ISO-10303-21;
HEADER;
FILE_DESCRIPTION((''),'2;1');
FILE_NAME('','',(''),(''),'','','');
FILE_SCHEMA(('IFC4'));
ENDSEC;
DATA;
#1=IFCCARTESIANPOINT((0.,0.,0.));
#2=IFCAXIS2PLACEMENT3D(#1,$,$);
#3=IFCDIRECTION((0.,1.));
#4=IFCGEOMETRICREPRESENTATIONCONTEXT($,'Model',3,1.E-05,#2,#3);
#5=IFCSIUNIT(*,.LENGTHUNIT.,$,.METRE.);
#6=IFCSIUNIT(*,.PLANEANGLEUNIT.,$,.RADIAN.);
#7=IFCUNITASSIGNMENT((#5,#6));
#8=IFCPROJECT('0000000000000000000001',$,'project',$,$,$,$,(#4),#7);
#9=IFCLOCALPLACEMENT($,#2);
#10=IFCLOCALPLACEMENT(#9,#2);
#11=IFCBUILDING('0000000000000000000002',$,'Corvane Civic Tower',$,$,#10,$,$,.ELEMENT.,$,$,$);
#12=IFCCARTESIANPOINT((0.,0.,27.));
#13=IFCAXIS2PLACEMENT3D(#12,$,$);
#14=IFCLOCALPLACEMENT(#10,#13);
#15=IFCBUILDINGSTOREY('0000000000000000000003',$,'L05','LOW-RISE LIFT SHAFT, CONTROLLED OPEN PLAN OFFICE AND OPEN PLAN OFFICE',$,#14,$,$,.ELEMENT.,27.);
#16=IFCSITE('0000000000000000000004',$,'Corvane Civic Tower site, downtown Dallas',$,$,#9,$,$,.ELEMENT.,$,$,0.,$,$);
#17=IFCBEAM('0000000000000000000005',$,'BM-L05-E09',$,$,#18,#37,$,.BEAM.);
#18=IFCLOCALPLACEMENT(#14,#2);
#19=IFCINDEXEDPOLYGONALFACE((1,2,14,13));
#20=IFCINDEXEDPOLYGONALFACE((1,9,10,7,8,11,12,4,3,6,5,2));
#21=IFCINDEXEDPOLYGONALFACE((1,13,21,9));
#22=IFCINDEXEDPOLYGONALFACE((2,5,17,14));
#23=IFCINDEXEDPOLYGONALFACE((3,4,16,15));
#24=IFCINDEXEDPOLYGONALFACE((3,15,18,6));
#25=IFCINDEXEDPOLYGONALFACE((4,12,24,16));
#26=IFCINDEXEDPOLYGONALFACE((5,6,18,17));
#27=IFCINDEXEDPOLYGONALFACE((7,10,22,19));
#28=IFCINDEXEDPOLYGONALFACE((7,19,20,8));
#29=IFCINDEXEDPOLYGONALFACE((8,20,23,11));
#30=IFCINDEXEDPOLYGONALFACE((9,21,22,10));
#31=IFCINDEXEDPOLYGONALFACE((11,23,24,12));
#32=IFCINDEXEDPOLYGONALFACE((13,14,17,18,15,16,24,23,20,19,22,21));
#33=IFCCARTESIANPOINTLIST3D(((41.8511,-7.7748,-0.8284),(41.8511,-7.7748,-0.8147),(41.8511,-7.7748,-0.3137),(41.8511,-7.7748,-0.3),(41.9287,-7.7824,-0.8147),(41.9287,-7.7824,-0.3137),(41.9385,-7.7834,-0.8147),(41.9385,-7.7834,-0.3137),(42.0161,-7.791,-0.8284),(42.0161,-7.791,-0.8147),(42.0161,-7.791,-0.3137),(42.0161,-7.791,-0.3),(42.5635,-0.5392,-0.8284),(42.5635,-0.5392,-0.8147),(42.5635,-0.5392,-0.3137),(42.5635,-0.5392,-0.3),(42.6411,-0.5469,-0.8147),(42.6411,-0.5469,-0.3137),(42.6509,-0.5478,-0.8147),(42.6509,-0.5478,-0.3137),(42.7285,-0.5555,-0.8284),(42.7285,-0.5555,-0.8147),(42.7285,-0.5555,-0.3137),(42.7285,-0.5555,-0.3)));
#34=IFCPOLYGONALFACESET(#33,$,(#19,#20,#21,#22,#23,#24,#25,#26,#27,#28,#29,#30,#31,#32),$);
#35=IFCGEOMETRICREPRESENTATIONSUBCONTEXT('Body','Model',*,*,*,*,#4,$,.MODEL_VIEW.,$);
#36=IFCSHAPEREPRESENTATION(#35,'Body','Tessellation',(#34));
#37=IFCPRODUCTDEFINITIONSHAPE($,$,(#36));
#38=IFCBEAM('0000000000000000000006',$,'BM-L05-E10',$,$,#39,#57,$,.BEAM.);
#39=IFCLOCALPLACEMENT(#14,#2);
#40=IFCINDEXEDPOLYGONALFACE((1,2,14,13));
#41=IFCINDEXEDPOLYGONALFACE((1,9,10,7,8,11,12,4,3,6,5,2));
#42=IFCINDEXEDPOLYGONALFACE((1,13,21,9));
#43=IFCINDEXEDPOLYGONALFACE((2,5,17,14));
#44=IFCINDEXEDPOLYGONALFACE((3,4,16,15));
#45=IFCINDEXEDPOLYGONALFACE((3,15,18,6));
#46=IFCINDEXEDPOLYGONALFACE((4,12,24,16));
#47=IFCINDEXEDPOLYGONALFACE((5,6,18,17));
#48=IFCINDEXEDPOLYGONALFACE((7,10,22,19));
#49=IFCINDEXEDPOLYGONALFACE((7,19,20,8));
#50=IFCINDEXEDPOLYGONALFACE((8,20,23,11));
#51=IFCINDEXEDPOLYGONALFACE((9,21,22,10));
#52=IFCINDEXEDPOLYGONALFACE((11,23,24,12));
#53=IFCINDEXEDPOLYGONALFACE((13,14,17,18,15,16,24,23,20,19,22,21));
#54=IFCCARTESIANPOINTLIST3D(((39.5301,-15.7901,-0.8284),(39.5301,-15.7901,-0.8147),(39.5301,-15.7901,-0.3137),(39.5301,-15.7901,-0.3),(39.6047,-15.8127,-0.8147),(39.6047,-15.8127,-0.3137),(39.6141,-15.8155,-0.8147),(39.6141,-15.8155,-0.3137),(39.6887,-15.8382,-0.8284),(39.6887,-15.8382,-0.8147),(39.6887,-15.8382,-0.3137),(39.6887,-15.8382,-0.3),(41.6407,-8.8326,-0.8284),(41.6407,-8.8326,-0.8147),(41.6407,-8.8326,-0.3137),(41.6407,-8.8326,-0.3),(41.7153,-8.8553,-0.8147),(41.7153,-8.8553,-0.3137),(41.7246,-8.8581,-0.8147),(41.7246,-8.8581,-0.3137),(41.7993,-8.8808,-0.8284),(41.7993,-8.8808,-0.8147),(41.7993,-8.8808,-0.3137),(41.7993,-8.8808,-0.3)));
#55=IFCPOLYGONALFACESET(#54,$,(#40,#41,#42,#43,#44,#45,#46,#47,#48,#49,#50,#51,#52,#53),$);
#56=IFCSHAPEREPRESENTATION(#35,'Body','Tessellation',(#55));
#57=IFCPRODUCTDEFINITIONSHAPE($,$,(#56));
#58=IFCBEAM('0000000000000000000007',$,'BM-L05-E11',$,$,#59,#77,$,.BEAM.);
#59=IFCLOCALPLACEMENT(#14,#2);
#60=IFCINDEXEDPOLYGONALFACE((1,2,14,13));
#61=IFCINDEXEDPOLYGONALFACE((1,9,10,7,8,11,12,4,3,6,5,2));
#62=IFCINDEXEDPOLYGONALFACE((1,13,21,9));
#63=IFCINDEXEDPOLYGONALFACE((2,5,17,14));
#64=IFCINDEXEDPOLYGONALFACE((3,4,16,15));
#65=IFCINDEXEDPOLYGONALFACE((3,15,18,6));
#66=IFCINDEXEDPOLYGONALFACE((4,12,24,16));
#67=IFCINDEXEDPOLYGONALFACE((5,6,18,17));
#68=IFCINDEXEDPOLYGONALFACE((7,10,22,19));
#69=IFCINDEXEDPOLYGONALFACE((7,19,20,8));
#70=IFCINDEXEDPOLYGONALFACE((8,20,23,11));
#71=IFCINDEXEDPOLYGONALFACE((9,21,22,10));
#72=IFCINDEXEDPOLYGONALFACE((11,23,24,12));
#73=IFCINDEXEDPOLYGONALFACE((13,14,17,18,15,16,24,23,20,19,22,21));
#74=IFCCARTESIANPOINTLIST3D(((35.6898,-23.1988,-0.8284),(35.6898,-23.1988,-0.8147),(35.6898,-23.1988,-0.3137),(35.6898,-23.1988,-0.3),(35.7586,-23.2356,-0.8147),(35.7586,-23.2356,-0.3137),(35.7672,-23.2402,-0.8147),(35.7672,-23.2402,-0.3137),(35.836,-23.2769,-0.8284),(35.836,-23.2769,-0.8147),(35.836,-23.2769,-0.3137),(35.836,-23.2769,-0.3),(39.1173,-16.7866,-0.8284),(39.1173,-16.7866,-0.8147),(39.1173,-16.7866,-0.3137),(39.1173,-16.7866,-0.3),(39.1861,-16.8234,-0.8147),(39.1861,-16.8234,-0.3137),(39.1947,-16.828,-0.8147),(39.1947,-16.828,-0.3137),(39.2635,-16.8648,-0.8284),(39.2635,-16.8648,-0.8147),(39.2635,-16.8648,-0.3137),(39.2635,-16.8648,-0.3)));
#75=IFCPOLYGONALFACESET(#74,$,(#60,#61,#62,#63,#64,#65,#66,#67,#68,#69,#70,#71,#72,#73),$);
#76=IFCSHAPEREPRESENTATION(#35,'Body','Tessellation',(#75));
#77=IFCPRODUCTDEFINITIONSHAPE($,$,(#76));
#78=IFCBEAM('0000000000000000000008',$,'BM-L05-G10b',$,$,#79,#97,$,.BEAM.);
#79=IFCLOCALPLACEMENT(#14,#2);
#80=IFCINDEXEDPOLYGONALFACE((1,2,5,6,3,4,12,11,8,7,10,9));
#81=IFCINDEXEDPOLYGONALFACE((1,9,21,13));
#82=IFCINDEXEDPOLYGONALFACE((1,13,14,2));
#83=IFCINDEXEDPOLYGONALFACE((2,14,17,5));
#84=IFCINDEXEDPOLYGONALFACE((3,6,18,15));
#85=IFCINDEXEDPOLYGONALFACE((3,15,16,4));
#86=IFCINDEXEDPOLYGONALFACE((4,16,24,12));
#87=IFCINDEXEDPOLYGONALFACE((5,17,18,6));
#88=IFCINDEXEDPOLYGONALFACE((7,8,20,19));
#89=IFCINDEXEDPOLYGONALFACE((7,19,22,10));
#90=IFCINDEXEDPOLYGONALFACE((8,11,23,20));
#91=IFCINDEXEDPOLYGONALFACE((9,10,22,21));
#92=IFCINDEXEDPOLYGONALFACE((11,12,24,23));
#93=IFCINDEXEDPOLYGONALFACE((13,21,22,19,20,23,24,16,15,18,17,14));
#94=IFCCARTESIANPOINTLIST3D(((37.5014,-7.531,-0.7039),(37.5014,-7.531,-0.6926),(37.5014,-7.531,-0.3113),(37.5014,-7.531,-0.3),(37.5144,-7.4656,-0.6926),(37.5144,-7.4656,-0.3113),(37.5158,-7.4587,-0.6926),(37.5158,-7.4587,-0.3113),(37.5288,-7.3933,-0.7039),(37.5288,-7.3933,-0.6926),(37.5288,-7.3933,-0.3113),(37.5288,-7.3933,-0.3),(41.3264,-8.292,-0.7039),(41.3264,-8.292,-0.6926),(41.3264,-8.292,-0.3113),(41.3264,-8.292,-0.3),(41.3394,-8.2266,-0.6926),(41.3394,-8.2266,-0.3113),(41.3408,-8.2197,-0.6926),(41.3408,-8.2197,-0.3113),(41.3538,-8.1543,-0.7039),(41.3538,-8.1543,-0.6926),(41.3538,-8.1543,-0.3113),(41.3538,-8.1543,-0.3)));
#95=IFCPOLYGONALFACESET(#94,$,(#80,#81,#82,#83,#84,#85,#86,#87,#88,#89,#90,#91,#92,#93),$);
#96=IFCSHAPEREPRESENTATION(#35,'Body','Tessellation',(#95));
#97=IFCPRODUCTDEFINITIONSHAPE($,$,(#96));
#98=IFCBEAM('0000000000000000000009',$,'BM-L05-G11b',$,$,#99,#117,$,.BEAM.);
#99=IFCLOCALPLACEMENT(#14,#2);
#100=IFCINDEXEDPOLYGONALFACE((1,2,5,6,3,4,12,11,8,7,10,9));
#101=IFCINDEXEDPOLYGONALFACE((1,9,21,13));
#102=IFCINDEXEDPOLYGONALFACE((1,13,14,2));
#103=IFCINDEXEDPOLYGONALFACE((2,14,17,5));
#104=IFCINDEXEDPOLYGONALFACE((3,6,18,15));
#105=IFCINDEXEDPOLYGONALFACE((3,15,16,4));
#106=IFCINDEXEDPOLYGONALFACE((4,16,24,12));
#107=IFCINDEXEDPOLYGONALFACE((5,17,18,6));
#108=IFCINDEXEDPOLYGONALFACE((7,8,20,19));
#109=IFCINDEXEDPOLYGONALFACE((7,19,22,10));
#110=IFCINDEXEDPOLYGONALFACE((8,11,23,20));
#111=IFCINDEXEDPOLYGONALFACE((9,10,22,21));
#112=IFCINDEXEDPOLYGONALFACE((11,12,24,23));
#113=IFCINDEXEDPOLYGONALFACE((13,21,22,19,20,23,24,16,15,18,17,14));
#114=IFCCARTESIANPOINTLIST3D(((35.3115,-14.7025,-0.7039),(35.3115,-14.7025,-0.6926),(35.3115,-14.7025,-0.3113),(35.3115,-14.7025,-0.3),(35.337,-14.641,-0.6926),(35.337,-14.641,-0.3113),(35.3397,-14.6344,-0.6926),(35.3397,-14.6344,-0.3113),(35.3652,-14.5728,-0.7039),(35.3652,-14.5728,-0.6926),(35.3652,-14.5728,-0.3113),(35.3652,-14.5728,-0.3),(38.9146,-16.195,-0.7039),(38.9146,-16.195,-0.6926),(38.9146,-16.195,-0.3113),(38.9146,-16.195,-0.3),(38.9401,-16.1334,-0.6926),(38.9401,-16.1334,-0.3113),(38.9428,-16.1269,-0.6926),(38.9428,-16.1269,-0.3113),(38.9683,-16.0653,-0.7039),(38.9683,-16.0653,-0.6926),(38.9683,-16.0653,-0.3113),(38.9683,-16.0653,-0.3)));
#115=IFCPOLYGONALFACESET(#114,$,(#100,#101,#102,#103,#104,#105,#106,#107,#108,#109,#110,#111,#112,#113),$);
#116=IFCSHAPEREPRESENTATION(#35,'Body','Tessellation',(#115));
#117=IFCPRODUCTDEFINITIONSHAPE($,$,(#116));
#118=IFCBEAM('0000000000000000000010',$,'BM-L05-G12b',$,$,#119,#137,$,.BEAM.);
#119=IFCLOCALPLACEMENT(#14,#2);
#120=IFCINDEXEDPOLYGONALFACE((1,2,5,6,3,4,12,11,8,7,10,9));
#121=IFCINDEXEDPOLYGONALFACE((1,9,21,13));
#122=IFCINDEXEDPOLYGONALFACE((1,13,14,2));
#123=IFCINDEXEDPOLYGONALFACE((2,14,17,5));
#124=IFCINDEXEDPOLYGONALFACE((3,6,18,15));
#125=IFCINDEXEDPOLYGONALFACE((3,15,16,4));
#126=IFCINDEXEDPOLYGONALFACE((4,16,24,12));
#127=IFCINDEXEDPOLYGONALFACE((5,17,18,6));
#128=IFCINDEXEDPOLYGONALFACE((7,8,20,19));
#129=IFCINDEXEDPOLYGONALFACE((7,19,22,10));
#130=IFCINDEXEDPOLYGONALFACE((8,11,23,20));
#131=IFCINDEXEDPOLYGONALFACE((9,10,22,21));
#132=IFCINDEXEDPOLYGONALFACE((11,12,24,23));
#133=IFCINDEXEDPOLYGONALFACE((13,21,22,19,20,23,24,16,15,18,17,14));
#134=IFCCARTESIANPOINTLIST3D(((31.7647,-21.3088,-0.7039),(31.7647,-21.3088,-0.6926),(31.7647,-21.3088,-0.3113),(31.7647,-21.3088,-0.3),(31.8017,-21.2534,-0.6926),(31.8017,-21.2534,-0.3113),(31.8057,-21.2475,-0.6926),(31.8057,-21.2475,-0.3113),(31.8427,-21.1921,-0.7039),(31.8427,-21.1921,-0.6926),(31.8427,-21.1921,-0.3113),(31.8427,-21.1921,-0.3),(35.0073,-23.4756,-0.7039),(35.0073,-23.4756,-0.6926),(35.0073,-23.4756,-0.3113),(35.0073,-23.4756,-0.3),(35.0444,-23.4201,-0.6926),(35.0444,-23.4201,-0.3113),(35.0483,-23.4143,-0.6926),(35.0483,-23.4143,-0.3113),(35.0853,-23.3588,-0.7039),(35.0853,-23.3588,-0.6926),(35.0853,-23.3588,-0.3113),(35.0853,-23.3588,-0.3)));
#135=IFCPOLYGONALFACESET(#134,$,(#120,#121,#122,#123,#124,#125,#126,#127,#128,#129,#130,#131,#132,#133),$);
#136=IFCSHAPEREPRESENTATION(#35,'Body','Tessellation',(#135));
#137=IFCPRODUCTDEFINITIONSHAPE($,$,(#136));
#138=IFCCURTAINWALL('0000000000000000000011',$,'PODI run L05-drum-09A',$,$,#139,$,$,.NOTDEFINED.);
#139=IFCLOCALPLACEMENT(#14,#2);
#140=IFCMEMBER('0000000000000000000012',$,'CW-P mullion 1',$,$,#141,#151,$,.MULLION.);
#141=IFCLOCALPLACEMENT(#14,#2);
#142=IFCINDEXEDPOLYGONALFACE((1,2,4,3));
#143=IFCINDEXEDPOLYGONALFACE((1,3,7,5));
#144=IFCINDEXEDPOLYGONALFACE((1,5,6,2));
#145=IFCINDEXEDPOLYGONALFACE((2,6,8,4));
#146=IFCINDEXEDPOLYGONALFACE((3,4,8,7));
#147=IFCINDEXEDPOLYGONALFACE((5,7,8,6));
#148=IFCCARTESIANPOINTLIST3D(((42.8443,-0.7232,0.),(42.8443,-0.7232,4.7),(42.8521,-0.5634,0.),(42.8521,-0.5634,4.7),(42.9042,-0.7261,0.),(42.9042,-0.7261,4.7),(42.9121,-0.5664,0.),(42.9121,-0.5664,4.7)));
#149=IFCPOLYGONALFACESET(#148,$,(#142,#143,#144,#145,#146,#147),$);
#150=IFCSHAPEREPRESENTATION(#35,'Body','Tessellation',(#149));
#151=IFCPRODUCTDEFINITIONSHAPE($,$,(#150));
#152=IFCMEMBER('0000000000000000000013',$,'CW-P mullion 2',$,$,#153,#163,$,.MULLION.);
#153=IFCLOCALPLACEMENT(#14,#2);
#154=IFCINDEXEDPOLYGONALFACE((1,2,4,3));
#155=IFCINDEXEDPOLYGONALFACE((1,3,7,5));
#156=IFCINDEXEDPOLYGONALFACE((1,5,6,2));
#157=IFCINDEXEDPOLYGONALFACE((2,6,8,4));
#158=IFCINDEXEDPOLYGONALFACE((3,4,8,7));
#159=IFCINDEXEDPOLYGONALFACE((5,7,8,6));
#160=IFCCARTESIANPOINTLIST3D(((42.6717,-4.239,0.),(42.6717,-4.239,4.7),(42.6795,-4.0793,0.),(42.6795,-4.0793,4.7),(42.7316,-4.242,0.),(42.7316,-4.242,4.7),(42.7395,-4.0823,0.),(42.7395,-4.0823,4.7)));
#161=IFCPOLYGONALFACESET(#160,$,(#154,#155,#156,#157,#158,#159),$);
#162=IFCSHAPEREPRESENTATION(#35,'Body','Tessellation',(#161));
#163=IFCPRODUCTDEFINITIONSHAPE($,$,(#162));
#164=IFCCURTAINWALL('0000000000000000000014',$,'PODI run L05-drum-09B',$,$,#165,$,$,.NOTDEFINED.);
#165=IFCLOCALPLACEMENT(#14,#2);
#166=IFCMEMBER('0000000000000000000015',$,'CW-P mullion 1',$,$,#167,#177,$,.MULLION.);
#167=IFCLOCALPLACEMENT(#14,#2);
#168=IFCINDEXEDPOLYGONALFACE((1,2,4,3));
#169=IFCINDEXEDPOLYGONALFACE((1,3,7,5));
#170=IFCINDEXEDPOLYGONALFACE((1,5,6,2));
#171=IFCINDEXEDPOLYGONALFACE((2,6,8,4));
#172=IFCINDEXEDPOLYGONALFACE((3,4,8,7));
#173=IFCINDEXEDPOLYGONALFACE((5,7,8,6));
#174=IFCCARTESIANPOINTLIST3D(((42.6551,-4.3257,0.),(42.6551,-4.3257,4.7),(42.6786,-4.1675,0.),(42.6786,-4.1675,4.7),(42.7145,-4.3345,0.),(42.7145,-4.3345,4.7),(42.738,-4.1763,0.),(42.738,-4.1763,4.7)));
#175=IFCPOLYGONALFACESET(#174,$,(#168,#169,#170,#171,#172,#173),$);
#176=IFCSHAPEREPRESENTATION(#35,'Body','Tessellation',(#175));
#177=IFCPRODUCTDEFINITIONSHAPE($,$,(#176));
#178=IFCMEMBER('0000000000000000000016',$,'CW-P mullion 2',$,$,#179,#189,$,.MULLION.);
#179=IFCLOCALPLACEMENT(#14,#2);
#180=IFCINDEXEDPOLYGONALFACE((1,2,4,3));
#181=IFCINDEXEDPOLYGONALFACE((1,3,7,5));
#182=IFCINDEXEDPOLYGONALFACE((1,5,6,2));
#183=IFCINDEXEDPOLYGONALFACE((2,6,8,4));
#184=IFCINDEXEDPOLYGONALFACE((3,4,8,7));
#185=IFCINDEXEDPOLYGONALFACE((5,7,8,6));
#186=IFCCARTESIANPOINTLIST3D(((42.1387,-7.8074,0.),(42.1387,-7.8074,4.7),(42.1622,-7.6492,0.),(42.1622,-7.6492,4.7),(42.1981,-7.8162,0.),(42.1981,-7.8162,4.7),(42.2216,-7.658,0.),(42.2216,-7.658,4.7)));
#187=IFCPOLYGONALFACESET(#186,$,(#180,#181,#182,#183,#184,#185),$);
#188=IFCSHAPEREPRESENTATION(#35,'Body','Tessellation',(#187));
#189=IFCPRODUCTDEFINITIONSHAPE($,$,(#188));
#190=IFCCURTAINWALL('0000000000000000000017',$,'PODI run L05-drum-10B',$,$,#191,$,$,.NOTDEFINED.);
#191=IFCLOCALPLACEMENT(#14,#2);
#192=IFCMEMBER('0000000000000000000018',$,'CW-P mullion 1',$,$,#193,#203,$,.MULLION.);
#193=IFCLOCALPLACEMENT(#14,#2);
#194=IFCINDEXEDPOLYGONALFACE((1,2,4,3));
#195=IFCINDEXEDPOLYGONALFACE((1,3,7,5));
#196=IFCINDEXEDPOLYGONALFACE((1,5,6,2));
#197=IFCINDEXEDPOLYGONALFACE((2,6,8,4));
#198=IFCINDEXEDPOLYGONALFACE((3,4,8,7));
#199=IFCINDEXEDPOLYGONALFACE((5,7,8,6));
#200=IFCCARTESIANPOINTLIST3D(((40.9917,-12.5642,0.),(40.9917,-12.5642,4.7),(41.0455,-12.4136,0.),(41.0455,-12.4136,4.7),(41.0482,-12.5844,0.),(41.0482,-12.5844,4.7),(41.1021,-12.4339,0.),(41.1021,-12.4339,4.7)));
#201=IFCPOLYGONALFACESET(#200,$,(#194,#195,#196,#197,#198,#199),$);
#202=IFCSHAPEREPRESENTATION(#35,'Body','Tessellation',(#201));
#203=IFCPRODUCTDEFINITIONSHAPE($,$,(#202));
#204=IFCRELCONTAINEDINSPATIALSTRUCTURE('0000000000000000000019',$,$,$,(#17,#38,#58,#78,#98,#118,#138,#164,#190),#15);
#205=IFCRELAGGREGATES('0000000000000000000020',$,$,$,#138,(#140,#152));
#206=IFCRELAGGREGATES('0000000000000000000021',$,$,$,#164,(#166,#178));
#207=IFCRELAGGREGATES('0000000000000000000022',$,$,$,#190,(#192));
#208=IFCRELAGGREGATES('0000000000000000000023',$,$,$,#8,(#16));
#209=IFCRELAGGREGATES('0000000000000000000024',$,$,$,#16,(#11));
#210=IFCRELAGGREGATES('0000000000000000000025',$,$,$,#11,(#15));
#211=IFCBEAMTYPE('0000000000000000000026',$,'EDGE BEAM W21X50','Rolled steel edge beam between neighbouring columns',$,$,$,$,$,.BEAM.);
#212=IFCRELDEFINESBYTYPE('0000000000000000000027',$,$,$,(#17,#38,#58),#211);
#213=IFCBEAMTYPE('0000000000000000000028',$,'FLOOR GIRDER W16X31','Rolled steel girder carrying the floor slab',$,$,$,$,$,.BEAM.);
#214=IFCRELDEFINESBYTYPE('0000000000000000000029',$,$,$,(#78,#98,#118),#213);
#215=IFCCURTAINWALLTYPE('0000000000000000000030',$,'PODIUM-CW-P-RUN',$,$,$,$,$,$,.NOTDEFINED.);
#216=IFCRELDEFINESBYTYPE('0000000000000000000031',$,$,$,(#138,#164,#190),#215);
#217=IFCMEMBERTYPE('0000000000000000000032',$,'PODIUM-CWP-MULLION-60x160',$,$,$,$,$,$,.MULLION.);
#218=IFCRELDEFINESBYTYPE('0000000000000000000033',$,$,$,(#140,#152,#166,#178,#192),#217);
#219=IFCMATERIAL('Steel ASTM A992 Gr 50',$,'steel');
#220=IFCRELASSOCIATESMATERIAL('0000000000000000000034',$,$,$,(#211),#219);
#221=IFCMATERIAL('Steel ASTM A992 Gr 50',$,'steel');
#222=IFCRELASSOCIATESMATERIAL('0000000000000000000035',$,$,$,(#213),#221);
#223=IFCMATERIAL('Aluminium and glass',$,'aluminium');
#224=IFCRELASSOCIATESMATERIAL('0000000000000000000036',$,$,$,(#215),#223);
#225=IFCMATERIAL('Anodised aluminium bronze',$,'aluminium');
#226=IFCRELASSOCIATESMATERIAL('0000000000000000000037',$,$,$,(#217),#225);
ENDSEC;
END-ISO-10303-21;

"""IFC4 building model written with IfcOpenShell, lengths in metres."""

from ifc_helpers import new_model, si_unit, direction, frame, origin, origin_2d, place, context, subcontext, project, spatial, rectangle, i_section, extrude, material, material_profile, profile_set, type_object, element, aggregate, save


model = new_model("IFC4")

# Units and contexts
model_context = context("Model", 3, precision=1e-05, world=origin(), true_north=direction((0.0, 1.0)))
body_context = subcontext(model_context, "Body", "Model", "MODEL_VIEW")
ifc_project = project(units=[si_unit("LENGTHUNIT", "METRE"), si_unit("PLANEANGLEUNIT", "RADIAN")], contexts=[model_context])

# Site, building, storey
site_placement = place(None, origin())
site = spatial("IfcSite", under=ifc_project, at=site_placement, Name="Corvane Civic Tower site, downtown Dallas", CompositionType="ELEMENT", RefElevation=0.0)
building_placement = place(site_placement, origin())
building = spatial("IfcBuilding", under=site, at=building_placement, Name="Corvane Civic Tower", CompositionType="ELEMENT")
storey_placement = place(building_placement, frame((0.0, 0.0, 27.0)))
storey = spatial("IfcBuildingStorey", under=building, at=storey_placement, Name="L05", Description="LOW-RISE LIFT SHAFT, CONTROLLED OPEN PLAN OFFICE AND OPEN PLAN OFFICE", CompositionType="ELEMENT", Elevation=27.0)

# Beams
ifc_material_1 = material(Name="Steel ASTM A992 Gr 50", Category="steel")
ifc_material_profile_1 = material_profile(ifc_material_1, i_section(OverallWidth=0.1658, OverallDepth=0.5283, WebThickness=0.0098, FlangeThickness=0.0137, at=origin_2d()), Name="W21X50")
ifc_profile_set_1 = profile_set([ifc_material_profile_1], Name="Steel ASTM A992 Gr 50")
beam_type_1 = type_object("IfcBeamType", Name="EDGE BEAM W21X50", Description="Rolled steel edge beam between neighbouring columns", PredefinedType="BEAM", material=ifc_profile_set_1)
for number, where, z_axis, x_axis, name in (
    (1, (42.646, -0.5474, -0.5642), (-0.097984, -0.995188, 0.0), (0.995188, -0.097984, 0.0), "BM-L05-E09"),
    (2, (41.72, -8.8567, -0.5642), (-0.290292, -0.956938, 0.0), (0.956938, -0.290292, 0.0), "BM-L05-E10"),
):
    element("IfcBeam", number, at=place(storey_placement, frame(where, z_axis=z_axis, x_axis=x_axis)), inside=storey, type_object=beam_type_1, Name=name, PredefinedType="BEAM", context=body_context, shape_type="SweptSolid", body=[
        extrude(i_section(OverallWidth=0.1658, OverallDepth=0.5283, WebThickness=0.0098, FlangeThickness=0.0137, at=origin_2d()), origin(), (0.0, 0.0, 1.0), 7.2705),
    ])
beam_placement = place(storey_placement, frame((39.1904, -16.8257, -0.5642), z_axis=(-0.471412, -0.881913, 0.0), x_axis=(0.881913, -0.471412, 0.0)))
element("IfcBeam", 3, at=beam_placement, inside=storey, type_object=beam_type_1, Name="BM-L05-E11", PredefinedType="BEAM", context=body_context, shape_type="SweptSolid", body=[
    extrude(i_section(OverallWidth=0.1658, OverallDepth=0.5283, WebThickness=0.0098, FlangeThickness=0.0137, at=origin_2d()), origin(), (0.0, 0.0, 1.0), 7.2708),
])
ifc_material_2 = material(Name="Steel ASTM A992 Gr 50", Category="steel")
ifc_material_profile_2 = material_profile(ifc_material_2, i_section(OverallWidth=0.1404, OverallDepth=0.4038, WebThickness=0.0071, FlangeThickness=0.0112, at=origin_2d()), Name="W16X31")
ifc_profile_set_2 = profile_set([ifc_material_profile_2], Name="Steel ASTM A992 Gr 50")
beam_type_2 = type_object("IfcBeamType", Name="FLOOR GIRDER W16X31", Description="Rolled steel girder carrying the floor slab", PredefinedType="BEAM", material=ifc_profile_set_2)
for number, where, z_axis, x_axis, name in (
    (4, (37.5151, -7.4622, -0.502), (0.980778, -0.195129, 0.0), (0.195129, 0.980778, 0.0), "BM-L05-G10b"),
    (5, (35.3384, -14.6377, -0.502), (0.923879, -0.382685, 0.0), (0.382685, 0.923879, 0.0), "BM-L05-G11b"),
    (6, (31.8037, -21.2505, -0.502), (0.831462, -0.555581, 0.0), (0.555581, 0.831462, 0.0), "BM-L05-G12b"),
):
    element("IfcBeam", number, at=place(storey_placement, frame(where, z_axis=z_axis, x_axis=x_axis)), inside=storey, type_object=beam_type_2, Name=name, PredefinedType="BEAM", context=body_context, shape_type="SweptSolid", body=[
        extrude(i_section(OverallWidth=0.1404, OverallDepth=0.4038, WebThickness=0.0071, FlangeThickness=0.0112, at=origin_2d()), origin(), (0.0, 0.0, 1.0), 3.8999),
    ])

# Curtain walls, members
ifc_material_3 = material(Name="Aluminium and glass", Category="aluminium")
curtain_wall_type = type_object("IfcCurtainWallType", Name="PODIUM-CW-P-RUN", PredefinedType="NOTDEFINED", material=ifc_material_3)
curtain_wall_1_placement = place(storey_placement, origin())
curtain_wall_1 = element("IfcCurtainWall", 7, at=curtain_wall_1_placement, inside=storey, type_object=curtain_wall_type, Name="PODI run L05-drum-09A", PredefinedType="NOTDEFINED")
ifc_material_4 = material(Name="Anodised aluminium bronze", Category="aluminium")
ifc_material_profile_3 = material_profile(ifc_material_4, rectangle(XDim=0.0601, YDim=0.1599, at=origin_2d()), Name="AL 60x160")
ifc_profile_set_3 = profile_set([ifc_material_profile_3], Name="Anodised aluminium bronze")
member_type_1 = type_object("IfcMemberType", Name="PODIUM-CWP-MULLION-60x160", PredefinedType="MULLION", material=ifc_profile_set_3)
member_1_placement = place(storey_placement, frame((42.8782, -0.6448, 0.0), z_axis=(0.0, 0.0, 1.0), x_axis=(0.998796, -0.04905, 0.0)))
member_1 = element("IfcMember", 8, at=member_1_placement, type_object=member_type_1, Name="CW-P mullion 1", PredefinedType="MULLION", context=body_context, shape_type="SweptSolid", body=[
    extrude(rectangle(XDim=0.0601, YDim=0.1599, at=origin_2d()), origin(), (0.0, 0.0, 1.0), 4.7),
])
member_2_placement = place(storey_placement, frame((42.7056, -4.1606, 0.0), z_axis=(0.0, 0.0, 1.0), x_axis=(0.998796, -0.04905, 0.0)))
member_2 = element("IfcMember", 9, at=member_2_placement, type_object=member_type_1, Name="CW-P mullion 2", PredefinedType="MULLION", context=body_context, shape_type="SweptSolid", body=[
    extrude(rectangle(XDim=0.0601, YDim=0.1599, at=origin_2d()), origin(), (0.0, 0.0, 1.0), 4.7),
])
curtain_wall_2_placement = place(storey_placement, origin())
curtain_wall_2 = element("IfcCurtainWall", 10, at=curtain_wall_2_placement, inside=storey, type_object=curtain_wall_type, Name="PODI run L05-drum-09B", PredefinedType="NOTDEFINED")
member_3_placement = place(storey_placement, frame((42.6965, -4.251, 0.0), z_axis=(0.0, 0.0, 1.0), x_axis=(0.989179, -0.146715, 0.0)))
member_3 = element("IfcMember", 11, at=member_3_placement, type_object=member_type_1, Name="CW-P mullion 1", PredefinedType="MULLION", context=body_context, shape_type="SweptSolid", body=[
    extrude(rectangle(XDim=0.0601, YDim=0.1599, at=origin_2d()), origin(), (0.0, 0.0, 1.0), 4.7),
])
member_4_placement = place(storey_placement, frame((42.1802, -7.7327, 0.0), z_axis=(0.0, 0.0, 1.0), x_axis=(0.989179, -0.146715, 0.0)))
member_4 = element("IfcMember", 12, at=member_4_placement, type_object=member_type_1, Name="CW-P mullion 2", PredefinedType="MULLION", context=body_context, shape_type="SweptSolid", body=[
    extrude(rectangle(XDim=0.0601, YDim=0.1599, at=origin_2d()), origin(), (0.0, 0.0, 1.0), 4.7),
])
curtain_wall_3_placement = place(storey_placement, origin())
curtain_wall_3 = element("IfcCurtainWall", 13, at=curtain_wall_3_placement, inside=storey, type_object=curtain_wall_type, Name="PODI run L05-drum-10B", PredefinedType="NOTDEFINED")
member_5_placement = place(storey_placement, frame((41.0469, -12.499, 0.0), z_axis=(0.0, 0.0, 1.0), x_axis=(0.941534, -0.336919, 0.0)))
member_5 = element("IfcMember", 14, at=member_5_placement, type_object=member_type_1, Name="CW-P mullion 1", PredefinedType="MULLION", context=body_context, shape_type="SweptSolid", body=[
    extrude(rectangle(XDim=0.0601, YDim=0.1599, at=origin_2d()), origin(), (0.0, 0.0, 1.0), 4.7),
])

aggregate(curtain_wall_1, [member_1, member_2])
aggregate(curtain_wall_2, [member_3, member_4])
aggregate(curtain_wall_3, [member_5])

save(model, "model.ifc")
